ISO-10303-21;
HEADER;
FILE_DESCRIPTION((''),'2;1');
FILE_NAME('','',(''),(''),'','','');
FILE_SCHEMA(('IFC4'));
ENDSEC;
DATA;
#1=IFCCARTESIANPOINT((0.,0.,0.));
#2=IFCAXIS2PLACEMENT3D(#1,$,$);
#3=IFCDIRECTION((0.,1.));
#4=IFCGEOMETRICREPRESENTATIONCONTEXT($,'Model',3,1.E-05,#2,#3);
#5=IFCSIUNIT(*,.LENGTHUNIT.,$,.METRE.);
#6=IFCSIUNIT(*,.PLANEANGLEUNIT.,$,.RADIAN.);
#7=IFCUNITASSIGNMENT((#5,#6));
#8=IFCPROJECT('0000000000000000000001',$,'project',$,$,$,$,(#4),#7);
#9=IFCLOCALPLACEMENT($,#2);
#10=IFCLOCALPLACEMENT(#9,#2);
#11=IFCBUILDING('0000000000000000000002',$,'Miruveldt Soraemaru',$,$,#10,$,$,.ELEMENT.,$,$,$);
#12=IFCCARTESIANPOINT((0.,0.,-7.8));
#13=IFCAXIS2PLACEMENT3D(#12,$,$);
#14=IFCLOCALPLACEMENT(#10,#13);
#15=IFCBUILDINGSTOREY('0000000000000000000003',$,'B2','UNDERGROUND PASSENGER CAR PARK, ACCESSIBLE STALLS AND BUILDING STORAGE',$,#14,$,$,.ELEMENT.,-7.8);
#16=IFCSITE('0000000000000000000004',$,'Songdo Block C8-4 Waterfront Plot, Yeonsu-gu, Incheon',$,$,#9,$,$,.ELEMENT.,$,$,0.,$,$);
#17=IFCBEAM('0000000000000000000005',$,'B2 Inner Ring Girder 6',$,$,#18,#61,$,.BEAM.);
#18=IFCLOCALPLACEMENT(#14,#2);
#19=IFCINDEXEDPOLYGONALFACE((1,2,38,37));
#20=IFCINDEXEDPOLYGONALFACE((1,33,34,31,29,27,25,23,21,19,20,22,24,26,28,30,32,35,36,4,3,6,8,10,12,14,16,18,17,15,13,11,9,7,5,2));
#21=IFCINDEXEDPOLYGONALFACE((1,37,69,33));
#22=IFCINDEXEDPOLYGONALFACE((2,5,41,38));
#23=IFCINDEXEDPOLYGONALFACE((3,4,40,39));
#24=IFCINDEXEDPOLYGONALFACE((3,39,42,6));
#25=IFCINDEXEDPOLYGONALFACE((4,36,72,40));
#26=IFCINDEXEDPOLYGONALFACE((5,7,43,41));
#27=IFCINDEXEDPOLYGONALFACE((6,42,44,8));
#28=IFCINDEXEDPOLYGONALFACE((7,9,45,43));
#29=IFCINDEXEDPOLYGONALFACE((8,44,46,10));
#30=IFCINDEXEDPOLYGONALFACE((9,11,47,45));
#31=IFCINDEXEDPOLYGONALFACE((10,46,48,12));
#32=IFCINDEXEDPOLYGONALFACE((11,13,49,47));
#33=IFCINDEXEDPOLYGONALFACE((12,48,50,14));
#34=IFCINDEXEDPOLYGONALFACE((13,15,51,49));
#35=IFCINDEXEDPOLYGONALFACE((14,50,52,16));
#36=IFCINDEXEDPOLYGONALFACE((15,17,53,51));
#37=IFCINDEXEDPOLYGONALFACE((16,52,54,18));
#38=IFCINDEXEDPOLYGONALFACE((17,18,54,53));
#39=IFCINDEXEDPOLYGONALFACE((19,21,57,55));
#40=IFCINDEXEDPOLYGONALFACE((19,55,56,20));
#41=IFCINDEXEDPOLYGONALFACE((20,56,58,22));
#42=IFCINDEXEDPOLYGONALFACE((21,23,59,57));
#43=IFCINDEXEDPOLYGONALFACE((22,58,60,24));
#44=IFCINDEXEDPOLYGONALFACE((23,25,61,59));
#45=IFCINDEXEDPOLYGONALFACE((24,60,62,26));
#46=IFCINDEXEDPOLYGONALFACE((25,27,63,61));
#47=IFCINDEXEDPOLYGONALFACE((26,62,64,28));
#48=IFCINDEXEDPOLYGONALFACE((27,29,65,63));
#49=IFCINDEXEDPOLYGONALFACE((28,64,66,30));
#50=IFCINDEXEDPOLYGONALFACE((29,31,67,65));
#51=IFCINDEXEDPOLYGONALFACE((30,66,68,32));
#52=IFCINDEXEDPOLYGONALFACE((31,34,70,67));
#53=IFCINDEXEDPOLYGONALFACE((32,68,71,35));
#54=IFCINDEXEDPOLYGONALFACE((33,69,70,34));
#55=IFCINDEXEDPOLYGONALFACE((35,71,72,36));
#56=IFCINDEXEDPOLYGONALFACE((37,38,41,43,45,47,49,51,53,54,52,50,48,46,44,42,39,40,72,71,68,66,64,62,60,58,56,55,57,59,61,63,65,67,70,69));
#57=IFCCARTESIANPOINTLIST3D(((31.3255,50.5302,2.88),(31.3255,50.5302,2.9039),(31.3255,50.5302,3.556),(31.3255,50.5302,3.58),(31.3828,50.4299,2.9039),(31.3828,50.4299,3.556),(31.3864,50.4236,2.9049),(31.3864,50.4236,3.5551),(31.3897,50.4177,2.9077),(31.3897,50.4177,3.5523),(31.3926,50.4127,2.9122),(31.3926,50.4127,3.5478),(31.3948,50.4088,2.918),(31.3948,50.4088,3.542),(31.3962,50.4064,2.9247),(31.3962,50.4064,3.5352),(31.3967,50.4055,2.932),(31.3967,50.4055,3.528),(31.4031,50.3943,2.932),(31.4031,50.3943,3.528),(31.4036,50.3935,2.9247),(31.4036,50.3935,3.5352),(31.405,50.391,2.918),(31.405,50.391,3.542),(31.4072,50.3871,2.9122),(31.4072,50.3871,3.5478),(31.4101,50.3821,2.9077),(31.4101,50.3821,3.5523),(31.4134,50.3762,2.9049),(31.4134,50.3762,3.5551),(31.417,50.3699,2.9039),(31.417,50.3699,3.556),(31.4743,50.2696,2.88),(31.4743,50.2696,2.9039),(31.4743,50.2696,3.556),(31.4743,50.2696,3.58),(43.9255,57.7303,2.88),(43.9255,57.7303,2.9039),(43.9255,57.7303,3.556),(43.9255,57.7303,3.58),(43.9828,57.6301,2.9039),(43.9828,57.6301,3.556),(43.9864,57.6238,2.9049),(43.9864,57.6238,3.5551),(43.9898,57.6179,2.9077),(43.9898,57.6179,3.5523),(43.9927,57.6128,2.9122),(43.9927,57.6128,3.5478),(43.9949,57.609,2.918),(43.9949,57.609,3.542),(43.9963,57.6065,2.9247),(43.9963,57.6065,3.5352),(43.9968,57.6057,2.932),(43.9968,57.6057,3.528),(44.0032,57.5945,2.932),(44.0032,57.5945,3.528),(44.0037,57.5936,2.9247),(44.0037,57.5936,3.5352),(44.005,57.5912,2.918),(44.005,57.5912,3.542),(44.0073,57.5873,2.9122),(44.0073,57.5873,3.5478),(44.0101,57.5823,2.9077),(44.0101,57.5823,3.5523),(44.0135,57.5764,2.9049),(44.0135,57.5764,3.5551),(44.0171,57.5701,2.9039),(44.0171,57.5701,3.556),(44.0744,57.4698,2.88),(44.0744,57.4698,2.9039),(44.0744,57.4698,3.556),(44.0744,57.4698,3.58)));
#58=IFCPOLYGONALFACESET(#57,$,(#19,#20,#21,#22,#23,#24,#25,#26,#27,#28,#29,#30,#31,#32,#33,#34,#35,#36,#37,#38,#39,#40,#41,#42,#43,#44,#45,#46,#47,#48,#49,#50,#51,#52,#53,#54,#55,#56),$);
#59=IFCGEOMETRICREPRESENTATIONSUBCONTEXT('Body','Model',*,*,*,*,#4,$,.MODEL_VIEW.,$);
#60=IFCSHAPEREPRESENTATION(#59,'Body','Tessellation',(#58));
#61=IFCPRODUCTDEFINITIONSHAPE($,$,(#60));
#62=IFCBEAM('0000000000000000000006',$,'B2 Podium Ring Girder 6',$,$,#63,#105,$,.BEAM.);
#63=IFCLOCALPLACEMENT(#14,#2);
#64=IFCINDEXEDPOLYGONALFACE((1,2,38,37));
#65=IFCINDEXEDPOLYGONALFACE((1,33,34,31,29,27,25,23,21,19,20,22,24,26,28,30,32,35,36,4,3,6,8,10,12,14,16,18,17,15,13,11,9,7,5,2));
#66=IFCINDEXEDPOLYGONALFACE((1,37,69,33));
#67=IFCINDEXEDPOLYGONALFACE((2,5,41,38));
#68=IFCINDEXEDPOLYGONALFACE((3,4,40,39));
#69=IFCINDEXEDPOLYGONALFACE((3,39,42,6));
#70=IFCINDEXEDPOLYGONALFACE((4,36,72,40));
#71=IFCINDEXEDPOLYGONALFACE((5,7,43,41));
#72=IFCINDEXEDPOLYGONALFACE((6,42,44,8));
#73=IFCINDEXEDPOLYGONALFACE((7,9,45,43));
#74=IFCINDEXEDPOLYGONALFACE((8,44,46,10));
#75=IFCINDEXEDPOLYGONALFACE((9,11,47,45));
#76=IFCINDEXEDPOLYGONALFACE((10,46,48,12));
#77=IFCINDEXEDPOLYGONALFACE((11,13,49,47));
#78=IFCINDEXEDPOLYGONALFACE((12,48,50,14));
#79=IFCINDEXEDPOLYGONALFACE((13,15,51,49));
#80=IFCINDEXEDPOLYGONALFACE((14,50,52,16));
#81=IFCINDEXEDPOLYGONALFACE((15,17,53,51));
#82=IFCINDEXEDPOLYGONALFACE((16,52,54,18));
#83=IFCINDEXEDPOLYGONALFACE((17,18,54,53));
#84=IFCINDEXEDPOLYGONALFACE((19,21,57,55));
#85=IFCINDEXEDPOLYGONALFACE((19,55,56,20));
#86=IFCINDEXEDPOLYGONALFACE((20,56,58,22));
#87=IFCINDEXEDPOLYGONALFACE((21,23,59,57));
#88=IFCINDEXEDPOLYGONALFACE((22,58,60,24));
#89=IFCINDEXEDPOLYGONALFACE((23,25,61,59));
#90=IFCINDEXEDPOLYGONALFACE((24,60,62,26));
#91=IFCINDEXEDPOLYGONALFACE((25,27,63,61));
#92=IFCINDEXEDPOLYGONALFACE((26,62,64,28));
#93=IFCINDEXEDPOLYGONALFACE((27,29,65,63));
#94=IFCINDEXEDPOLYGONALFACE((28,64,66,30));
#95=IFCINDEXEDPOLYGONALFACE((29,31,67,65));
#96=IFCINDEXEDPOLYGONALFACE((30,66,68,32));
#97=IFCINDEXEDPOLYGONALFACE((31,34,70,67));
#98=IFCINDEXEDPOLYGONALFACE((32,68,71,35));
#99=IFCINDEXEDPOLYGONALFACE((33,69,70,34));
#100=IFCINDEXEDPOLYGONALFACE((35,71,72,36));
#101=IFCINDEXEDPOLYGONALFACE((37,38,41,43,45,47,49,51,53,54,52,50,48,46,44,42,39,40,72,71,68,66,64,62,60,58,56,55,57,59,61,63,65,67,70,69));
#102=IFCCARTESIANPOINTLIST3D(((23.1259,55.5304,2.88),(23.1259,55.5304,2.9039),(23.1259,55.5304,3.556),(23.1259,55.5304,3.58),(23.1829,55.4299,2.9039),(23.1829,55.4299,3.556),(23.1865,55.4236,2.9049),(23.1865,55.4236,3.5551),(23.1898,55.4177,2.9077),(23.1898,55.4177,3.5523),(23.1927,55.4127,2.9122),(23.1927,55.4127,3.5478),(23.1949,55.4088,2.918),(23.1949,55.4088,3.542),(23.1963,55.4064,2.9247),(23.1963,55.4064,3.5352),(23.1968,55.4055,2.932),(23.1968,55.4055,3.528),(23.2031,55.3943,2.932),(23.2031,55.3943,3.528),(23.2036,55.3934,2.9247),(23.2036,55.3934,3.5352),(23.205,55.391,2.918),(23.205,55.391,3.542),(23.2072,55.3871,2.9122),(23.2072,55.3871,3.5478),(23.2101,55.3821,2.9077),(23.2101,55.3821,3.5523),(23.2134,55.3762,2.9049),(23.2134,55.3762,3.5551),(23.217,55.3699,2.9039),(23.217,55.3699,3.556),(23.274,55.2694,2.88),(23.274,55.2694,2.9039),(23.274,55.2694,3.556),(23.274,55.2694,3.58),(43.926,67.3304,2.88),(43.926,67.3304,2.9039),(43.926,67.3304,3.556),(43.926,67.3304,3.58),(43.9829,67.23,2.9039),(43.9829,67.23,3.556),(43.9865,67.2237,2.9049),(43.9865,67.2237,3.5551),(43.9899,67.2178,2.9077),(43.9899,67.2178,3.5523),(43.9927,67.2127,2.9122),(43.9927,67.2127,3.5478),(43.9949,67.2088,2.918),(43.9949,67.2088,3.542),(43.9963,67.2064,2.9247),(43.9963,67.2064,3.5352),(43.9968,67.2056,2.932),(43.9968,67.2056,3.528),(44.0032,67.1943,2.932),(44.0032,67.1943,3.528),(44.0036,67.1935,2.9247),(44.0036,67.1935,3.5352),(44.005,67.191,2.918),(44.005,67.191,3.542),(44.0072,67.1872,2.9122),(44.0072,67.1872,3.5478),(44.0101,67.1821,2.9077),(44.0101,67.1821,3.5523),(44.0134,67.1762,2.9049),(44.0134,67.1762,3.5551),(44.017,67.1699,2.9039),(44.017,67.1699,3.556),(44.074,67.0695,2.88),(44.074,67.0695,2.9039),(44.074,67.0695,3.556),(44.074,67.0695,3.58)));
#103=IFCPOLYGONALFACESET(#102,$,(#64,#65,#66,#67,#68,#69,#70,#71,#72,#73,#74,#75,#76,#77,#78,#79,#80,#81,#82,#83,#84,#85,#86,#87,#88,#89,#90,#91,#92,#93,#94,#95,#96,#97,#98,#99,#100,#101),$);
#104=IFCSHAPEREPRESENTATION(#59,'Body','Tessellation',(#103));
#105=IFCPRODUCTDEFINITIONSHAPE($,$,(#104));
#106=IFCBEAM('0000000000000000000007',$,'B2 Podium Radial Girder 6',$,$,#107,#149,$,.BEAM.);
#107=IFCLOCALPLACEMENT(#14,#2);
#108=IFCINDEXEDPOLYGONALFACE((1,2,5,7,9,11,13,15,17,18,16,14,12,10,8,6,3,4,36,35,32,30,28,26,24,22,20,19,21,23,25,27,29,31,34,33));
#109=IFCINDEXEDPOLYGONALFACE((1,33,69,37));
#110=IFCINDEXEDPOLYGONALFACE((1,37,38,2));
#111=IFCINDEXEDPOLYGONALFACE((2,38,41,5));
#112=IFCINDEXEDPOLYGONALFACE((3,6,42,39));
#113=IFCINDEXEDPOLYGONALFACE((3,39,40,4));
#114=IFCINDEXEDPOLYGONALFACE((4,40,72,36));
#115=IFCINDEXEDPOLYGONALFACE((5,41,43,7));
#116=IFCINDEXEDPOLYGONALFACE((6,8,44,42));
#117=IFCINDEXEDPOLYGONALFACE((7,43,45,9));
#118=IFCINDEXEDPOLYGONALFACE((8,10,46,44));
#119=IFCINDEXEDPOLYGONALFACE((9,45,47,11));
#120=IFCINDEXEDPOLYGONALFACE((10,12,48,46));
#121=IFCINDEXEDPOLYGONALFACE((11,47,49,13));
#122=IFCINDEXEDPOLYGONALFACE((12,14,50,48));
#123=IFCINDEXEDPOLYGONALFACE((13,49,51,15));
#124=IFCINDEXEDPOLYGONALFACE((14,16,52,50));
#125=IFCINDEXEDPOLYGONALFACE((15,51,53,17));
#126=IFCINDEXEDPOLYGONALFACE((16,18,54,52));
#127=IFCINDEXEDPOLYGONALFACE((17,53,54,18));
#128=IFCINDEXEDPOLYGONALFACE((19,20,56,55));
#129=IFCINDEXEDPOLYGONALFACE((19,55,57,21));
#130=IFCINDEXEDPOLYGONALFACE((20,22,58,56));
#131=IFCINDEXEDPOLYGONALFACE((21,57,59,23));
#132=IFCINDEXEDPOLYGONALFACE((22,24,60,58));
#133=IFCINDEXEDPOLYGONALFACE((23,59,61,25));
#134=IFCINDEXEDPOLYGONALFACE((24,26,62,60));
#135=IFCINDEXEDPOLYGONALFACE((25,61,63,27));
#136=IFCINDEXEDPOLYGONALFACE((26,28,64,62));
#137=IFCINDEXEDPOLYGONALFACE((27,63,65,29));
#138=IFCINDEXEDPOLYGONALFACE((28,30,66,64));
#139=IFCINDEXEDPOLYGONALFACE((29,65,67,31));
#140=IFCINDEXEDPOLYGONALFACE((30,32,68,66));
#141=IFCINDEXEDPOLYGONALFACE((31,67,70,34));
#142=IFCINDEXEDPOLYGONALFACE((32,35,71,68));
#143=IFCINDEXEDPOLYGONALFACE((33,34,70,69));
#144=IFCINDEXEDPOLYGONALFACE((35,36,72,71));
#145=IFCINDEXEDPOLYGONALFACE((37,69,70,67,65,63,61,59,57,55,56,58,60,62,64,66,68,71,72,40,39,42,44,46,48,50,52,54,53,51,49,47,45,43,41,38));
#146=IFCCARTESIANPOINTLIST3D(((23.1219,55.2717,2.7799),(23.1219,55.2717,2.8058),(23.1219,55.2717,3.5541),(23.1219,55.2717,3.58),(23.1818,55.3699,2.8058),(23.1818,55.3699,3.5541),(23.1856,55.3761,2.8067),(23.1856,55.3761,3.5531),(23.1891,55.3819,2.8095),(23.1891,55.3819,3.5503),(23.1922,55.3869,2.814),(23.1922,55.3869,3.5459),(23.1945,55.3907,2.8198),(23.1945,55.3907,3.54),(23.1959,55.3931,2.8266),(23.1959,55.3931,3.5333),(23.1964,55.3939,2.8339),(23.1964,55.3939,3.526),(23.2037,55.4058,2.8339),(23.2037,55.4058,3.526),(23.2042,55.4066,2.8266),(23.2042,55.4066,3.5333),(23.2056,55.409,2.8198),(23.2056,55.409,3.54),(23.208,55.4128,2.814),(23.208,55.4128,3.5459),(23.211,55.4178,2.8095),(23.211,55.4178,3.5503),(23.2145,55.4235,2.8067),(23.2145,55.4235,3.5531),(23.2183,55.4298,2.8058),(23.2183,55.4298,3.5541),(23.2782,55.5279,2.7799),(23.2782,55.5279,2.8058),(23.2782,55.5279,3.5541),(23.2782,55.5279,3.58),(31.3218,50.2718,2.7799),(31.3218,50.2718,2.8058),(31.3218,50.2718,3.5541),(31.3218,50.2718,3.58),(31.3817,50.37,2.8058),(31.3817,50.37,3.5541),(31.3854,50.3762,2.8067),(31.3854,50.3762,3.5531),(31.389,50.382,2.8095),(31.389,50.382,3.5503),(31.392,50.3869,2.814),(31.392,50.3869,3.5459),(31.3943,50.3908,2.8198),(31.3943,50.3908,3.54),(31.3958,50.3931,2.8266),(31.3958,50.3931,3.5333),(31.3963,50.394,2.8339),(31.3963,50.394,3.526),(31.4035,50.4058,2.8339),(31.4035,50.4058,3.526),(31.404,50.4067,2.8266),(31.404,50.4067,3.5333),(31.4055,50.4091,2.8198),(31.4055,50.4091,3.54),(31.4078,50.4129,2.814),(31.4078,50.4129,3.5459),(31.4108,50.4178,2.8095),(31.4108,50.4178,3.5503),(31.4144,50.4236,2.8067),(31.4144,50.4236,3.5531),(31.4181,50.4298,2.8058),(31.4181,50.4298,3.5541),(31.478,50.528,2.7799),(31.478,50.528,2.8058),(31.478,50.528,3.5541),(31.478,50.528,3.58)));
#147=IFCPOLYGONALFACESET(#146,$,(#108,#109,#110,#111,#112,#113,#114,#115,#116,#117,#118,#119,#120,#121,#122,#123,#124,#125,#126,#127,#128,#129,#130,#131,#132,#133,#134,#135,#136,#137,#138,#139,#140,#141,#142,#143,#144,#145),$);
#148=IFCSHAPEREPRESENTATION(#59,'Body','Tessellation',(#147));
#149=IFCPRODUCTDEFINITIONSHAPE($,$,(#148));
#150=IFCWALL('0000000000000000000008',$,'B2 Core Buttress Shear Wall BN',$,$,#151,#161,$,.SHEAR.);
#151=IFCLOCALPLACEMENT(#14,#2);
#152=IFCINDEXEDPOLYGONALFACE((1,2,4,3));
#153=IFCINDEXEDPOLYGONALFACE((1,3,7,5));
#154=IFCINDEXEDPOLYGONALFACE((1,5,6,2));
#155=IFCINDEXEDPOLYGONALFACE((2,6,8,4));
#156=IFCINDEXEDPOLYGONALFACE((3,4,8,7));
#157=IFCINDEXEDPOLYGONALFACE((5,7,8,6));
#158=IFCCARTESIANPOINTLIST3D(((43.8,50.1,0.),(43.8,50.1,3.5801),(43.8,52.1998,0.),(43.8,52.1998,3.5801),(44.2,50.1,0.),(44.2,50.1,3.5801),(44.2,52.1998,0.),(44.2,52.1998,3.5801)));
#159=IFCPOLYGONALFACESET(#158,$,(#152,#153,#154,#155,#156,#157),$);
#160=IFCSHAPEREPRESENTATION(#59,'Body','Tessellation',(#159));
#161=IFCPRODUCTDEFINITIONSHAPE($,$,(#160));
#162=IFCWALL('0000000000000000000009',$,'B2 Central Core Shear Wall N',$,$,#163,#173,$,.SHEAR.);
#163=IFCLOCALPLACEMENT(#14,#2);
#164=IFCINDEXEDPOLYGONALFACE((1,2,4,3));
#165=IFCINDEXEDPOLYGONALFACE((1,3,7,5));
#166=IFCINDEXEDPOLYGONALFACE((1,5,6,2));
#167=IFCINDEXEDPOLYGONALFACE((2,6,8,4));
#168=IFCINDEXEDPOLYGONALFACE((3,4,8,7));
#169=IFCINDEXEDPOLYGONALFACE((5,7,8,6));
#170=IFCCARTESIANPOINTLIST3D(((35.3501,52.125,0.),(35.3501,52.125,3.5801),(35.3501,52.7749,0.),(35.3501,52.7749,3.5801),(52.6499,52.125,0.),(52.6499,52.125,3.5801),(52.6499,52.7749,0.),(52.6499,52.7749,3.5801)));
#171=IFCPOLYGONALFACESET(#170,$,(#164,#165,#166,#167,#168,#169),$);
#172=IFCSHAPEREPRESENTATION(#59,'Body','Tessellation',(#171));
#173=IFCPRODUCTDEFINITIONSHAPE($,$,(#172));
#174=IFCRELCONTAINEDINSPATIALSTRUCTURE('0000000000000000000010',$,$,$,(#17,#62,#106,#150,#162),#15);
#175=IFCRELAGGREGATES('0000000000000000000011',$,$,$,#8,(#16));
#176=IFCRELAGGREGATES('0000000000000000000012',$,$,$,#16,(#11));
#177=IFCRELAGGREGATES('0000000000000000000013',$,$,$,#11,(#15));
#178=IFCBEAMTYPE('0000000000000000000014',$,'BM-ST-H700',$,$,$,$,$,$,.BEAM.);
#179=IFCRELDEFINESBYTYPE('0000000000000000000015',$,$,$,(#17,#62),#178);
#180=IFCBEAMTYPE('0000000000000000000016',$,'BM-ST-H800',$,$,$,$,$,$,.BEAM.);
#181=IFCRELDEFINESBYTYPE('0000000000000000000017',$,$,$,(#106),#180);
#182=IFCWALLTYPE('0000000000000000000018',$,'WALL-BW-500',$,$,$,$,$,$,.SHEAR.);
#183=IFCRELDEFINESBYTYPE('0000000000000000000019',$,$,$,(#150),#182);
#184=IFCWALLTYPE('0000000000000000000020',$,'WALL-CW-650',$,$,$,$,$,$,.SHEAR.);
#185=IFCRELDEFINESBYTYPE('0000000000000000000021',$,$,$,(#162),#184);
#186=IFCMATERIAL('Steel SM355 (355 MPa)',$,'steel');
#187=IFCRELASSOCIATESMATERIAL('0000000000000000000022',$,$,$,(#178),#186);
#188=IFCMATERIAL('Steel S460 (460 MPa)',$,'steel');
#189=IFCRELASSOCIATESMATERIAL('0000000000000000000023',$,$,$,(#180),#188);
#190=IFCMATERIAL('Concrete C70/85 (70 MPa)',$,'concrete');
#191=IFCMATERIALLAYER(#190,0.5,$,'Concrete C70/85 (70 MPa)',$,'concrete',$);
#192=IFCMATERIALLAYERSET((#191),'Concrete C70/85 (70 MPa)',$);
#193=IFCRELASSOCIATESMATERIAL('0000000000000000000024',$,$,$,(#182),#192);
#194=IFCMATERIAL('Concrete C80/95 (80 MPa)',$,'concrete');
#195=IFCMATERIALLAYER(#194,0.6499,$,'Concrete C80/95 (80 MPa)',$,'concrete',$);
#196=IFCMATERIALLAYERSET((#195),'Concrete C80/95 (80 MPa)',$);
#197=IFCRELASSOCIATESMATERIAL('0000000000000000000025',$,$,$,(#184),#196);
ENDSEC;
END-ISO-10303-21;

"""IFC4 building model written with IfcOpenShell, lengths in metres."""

from ifc_helpers import new_model, si_unit, direction, frame, frame_2d, origin, origin_2d, place, context, subcontext, project, spatial, rectangle, i_section, extrude, material, layer, layer_set, material_profile, profile_set, type_object, element, save


model = new_model("IFC4")

# Units and contexts
model_context = context("Model", 3, precision=1e-05, world=origin(), true_north=direction((0.0, 1.0)))
body_context = subcontext(model_context, "Body", "Model", "MODEL_VIEW")
ifc_project = project(units=[si_unit("LENGTHUNIT", "METRE"), si_unit("PLANEANGLEUNIT", "RADIAN")], contexts=[model_context])

# Site, building, storey
site_placement = place(None, origin())
site = spatial("IfcSite", under=ifc_project, at=site_placement, Name="Songdo Block C8-4 Waterfront Plot, Yeonsu-gu, Incheon", CompositionType="ELEMENT", RefElevation=0.0)
building_placement = place(site_placement, origin())
building = spatial("IfcBuilding", under=site, at=building_placement, Name="Miruveldt Soraemaru", CompositionType="ELEMENT")
storey_placement = place(building_placement, frame((0.0, 0.0, -7.8)))
storey = spatial("IfcBuildingStorey", under=building, at=storey_placement, Name="B2", Description="UNDERGROUND PASSENGER CAR PARK, ACCESSIBLE STALLS AND BUILDING STORAGE", CompositionType="ELEMENT", Elevation=-7.8)

# Shared definitions
ifc_material_1 = material(Name="Concrete C70/85 (70 MPa)", Category="concrete")
ifc_material_2 = material(Name="Concrete C80/95 (80 MPa)", Category="concrete")

# Beams
ifc_material_3 = material(Name="Steel SM355 (355 MPa)", Category="steel")
ifc_material_profile_1 = material_profile(ifc_material_3, i_section(OverallWidth=0.3, OverallDepth=0.7, WebThickness=0.0129, FlangeThickness=0.0239, FilletRadius=0.0281, at=origin_2d()), Name="Steel SM355 (355 MPa)", Category="steel")
ifc_profile_set_1 = profile_set([ifc_material_profile_1], Name="Steel SM355 (355 MPa)")
beam_type_1 = type_object("IfcBeamType", Name="BM-ST-H700", PredefinedType="BEAM", material=ifc_profile_set_1)
beam_1_placement = place(storey_placement, frame((31.3999, 50.3999, 3.23), z_axis=(0.868239, 0.496146, 0.0), x_axis=(-0.496146, 0.868239, 0.0)))
element("IfcBeam", 1, at=beam_1_placement, inside=storey, type_object=beam_type_1, Name="B2 Inner Ring Girder 6", PredefinedType="BEAM", context=body_context, shape_type="SweptSolid", body=[
    extrude(i_section(OverallWidth=0.3, OverallDepth=0.7, WebThickness=0.0129, FlangeThickness=0.0239, FilletRadius=0.0281, at=origin_2d()), origin(), (0.0, 0.0, 1.0), 14.5122),
])
beam_2_placement = place(storey_placement, frame((23.2, 55.3999, 3.23), z_axis=(0.869783, 0.493435, 0.0), x_axis=(-0.493435, 0.869783, 0.0)))
element("IfcBeam", 2, at=beam_2_placement, inside=storey, type_object=beam_type_1, Name="B2 Podium Ring Girder 6", PredefinedType="BEAM", context=body_context, shape_type="SweptSolid", body=[
    extrude(i_section(OverallWidth=0.3, OverallDepth=0.7, WebThickness=0.0129, FlangeThickness=0.0239, FilletRadius=0.0281, at=origin_2d()), origin(), (0.0, 0.0, 1.0), 23.9141),
])
ifc_material_4 = material(Name="Steel S460 (460 MPa)", Category="steel")
ifc_material_profile_2 = material_profile(ifc_material_4, i_section(OverallWidth=0.3, OverallDepth=0.8, WebThickness=0.0139, FlangeThickness=0.0259, FilletRadius=0.0281, at=origin_2d()), Name="Steel S460 (460 MPa)", Category="steel")
ifc_profile_set_2 = profile_set([ifc_material_profile_2], Name="Steel S460 (460 MPa)")
beam_type_2 = type_object("IfcBeamType", Name="BM-ST-H800", PredefinedType="BEAM", material=ifc_profile_set_2)
beam_3_placement = place(storey_placement, frame((31.3999, 50.3999, 3.1799), z_axis=(-0.853795, 0.52061, 0.0), x_axis=(-0.52061, -0.853795, 0.0)))
element("IfcBeam", 3, at=beam_3_placement, inside=storey, type_object=beam_type_2, Name="B2 Podium Radial Girder 6", PredefinedType="BEAM", context=body_context, shape_type="SweptSolid", body=[
    extrude(i_section(OverallWidth=0.3, OverallDepth=0.8, WebThickness=0.0139, FlangeThickness=0.0259, FilletRadius=0.0281, at=origin_2d()), origin(), (0.0, 0.0, 1.0), 9.604),
])

# Walls
ifc_layer_1 = layer(ifc_material_1, 0.5, Name="Concrete C70/85 (70 MPa)", Category="concrete")
ifc_layer_set_1 = layer_set([ifc_layer_1], Name="Concrete C70/85 (70 MPa)")
wall_type_1 = type_object("IfcWallType", Name="WALL-BW-500", PredefinedType="SHEAR", material=ifc_layer_set_1)
wall_1_placement = place(storey_placement, frame((44.0, 50.1001, 0.0), z_axis=(0.0, 0.0, 1.0), x_axis=(0.0, 1.0, 0.0)))
element("IfcWall", 4, at=wall_1_placement, inside=storey, type_object=wall_type_1, Name="B2 Core Buttress Shear Wall BN", PredefinedType="SHEAR", context=body_context, shape_type="SweptSolid", body=[
    extrude(rectangle(XDim=2.0999, YDim=0.3999, at=frame_2d((1.0498, 0.0))), origin(), (0.0, 0.0, 1.0), 3.5801),
])
ifc_layer_2 = layer(ifc_material_2, 0.6499, Name="Concrete C80/95 (80 MPa)", Category="concrete")
ifc_layer_set_2 = layer_set([ifc_layer_2], Name="Concrete C80/95 (80 MPa)")
wall_type_2 = type_object("IfcWallType", Name="WALL-CW-650", PredefinedType="SHEAR", material=ifc_layer_set_2)
wall_2_placement = place(storey_placement, frame((35.3501, 52.45, 0.0), z_axis=(0.0, 0.0, 1.0), x_axis=(1.0, 0.0, 0.0)))
element("IfcWall", 5, at=wall_2_placement, inside=storey, type_object=wall_type_2, Name="B2 Central Core Shear Wall N", PredefinedType="SHEAR", context=body_context, shape_type="SweptSolid", body=[
    extrude(rectangle(XDim=17.2998, YDim=0.6499, at=frame_2d((8.6499, 0.0))), origin(), (0.0, 0.0, 1.0), 3.5801),
])

save(model, "model.ifc")
